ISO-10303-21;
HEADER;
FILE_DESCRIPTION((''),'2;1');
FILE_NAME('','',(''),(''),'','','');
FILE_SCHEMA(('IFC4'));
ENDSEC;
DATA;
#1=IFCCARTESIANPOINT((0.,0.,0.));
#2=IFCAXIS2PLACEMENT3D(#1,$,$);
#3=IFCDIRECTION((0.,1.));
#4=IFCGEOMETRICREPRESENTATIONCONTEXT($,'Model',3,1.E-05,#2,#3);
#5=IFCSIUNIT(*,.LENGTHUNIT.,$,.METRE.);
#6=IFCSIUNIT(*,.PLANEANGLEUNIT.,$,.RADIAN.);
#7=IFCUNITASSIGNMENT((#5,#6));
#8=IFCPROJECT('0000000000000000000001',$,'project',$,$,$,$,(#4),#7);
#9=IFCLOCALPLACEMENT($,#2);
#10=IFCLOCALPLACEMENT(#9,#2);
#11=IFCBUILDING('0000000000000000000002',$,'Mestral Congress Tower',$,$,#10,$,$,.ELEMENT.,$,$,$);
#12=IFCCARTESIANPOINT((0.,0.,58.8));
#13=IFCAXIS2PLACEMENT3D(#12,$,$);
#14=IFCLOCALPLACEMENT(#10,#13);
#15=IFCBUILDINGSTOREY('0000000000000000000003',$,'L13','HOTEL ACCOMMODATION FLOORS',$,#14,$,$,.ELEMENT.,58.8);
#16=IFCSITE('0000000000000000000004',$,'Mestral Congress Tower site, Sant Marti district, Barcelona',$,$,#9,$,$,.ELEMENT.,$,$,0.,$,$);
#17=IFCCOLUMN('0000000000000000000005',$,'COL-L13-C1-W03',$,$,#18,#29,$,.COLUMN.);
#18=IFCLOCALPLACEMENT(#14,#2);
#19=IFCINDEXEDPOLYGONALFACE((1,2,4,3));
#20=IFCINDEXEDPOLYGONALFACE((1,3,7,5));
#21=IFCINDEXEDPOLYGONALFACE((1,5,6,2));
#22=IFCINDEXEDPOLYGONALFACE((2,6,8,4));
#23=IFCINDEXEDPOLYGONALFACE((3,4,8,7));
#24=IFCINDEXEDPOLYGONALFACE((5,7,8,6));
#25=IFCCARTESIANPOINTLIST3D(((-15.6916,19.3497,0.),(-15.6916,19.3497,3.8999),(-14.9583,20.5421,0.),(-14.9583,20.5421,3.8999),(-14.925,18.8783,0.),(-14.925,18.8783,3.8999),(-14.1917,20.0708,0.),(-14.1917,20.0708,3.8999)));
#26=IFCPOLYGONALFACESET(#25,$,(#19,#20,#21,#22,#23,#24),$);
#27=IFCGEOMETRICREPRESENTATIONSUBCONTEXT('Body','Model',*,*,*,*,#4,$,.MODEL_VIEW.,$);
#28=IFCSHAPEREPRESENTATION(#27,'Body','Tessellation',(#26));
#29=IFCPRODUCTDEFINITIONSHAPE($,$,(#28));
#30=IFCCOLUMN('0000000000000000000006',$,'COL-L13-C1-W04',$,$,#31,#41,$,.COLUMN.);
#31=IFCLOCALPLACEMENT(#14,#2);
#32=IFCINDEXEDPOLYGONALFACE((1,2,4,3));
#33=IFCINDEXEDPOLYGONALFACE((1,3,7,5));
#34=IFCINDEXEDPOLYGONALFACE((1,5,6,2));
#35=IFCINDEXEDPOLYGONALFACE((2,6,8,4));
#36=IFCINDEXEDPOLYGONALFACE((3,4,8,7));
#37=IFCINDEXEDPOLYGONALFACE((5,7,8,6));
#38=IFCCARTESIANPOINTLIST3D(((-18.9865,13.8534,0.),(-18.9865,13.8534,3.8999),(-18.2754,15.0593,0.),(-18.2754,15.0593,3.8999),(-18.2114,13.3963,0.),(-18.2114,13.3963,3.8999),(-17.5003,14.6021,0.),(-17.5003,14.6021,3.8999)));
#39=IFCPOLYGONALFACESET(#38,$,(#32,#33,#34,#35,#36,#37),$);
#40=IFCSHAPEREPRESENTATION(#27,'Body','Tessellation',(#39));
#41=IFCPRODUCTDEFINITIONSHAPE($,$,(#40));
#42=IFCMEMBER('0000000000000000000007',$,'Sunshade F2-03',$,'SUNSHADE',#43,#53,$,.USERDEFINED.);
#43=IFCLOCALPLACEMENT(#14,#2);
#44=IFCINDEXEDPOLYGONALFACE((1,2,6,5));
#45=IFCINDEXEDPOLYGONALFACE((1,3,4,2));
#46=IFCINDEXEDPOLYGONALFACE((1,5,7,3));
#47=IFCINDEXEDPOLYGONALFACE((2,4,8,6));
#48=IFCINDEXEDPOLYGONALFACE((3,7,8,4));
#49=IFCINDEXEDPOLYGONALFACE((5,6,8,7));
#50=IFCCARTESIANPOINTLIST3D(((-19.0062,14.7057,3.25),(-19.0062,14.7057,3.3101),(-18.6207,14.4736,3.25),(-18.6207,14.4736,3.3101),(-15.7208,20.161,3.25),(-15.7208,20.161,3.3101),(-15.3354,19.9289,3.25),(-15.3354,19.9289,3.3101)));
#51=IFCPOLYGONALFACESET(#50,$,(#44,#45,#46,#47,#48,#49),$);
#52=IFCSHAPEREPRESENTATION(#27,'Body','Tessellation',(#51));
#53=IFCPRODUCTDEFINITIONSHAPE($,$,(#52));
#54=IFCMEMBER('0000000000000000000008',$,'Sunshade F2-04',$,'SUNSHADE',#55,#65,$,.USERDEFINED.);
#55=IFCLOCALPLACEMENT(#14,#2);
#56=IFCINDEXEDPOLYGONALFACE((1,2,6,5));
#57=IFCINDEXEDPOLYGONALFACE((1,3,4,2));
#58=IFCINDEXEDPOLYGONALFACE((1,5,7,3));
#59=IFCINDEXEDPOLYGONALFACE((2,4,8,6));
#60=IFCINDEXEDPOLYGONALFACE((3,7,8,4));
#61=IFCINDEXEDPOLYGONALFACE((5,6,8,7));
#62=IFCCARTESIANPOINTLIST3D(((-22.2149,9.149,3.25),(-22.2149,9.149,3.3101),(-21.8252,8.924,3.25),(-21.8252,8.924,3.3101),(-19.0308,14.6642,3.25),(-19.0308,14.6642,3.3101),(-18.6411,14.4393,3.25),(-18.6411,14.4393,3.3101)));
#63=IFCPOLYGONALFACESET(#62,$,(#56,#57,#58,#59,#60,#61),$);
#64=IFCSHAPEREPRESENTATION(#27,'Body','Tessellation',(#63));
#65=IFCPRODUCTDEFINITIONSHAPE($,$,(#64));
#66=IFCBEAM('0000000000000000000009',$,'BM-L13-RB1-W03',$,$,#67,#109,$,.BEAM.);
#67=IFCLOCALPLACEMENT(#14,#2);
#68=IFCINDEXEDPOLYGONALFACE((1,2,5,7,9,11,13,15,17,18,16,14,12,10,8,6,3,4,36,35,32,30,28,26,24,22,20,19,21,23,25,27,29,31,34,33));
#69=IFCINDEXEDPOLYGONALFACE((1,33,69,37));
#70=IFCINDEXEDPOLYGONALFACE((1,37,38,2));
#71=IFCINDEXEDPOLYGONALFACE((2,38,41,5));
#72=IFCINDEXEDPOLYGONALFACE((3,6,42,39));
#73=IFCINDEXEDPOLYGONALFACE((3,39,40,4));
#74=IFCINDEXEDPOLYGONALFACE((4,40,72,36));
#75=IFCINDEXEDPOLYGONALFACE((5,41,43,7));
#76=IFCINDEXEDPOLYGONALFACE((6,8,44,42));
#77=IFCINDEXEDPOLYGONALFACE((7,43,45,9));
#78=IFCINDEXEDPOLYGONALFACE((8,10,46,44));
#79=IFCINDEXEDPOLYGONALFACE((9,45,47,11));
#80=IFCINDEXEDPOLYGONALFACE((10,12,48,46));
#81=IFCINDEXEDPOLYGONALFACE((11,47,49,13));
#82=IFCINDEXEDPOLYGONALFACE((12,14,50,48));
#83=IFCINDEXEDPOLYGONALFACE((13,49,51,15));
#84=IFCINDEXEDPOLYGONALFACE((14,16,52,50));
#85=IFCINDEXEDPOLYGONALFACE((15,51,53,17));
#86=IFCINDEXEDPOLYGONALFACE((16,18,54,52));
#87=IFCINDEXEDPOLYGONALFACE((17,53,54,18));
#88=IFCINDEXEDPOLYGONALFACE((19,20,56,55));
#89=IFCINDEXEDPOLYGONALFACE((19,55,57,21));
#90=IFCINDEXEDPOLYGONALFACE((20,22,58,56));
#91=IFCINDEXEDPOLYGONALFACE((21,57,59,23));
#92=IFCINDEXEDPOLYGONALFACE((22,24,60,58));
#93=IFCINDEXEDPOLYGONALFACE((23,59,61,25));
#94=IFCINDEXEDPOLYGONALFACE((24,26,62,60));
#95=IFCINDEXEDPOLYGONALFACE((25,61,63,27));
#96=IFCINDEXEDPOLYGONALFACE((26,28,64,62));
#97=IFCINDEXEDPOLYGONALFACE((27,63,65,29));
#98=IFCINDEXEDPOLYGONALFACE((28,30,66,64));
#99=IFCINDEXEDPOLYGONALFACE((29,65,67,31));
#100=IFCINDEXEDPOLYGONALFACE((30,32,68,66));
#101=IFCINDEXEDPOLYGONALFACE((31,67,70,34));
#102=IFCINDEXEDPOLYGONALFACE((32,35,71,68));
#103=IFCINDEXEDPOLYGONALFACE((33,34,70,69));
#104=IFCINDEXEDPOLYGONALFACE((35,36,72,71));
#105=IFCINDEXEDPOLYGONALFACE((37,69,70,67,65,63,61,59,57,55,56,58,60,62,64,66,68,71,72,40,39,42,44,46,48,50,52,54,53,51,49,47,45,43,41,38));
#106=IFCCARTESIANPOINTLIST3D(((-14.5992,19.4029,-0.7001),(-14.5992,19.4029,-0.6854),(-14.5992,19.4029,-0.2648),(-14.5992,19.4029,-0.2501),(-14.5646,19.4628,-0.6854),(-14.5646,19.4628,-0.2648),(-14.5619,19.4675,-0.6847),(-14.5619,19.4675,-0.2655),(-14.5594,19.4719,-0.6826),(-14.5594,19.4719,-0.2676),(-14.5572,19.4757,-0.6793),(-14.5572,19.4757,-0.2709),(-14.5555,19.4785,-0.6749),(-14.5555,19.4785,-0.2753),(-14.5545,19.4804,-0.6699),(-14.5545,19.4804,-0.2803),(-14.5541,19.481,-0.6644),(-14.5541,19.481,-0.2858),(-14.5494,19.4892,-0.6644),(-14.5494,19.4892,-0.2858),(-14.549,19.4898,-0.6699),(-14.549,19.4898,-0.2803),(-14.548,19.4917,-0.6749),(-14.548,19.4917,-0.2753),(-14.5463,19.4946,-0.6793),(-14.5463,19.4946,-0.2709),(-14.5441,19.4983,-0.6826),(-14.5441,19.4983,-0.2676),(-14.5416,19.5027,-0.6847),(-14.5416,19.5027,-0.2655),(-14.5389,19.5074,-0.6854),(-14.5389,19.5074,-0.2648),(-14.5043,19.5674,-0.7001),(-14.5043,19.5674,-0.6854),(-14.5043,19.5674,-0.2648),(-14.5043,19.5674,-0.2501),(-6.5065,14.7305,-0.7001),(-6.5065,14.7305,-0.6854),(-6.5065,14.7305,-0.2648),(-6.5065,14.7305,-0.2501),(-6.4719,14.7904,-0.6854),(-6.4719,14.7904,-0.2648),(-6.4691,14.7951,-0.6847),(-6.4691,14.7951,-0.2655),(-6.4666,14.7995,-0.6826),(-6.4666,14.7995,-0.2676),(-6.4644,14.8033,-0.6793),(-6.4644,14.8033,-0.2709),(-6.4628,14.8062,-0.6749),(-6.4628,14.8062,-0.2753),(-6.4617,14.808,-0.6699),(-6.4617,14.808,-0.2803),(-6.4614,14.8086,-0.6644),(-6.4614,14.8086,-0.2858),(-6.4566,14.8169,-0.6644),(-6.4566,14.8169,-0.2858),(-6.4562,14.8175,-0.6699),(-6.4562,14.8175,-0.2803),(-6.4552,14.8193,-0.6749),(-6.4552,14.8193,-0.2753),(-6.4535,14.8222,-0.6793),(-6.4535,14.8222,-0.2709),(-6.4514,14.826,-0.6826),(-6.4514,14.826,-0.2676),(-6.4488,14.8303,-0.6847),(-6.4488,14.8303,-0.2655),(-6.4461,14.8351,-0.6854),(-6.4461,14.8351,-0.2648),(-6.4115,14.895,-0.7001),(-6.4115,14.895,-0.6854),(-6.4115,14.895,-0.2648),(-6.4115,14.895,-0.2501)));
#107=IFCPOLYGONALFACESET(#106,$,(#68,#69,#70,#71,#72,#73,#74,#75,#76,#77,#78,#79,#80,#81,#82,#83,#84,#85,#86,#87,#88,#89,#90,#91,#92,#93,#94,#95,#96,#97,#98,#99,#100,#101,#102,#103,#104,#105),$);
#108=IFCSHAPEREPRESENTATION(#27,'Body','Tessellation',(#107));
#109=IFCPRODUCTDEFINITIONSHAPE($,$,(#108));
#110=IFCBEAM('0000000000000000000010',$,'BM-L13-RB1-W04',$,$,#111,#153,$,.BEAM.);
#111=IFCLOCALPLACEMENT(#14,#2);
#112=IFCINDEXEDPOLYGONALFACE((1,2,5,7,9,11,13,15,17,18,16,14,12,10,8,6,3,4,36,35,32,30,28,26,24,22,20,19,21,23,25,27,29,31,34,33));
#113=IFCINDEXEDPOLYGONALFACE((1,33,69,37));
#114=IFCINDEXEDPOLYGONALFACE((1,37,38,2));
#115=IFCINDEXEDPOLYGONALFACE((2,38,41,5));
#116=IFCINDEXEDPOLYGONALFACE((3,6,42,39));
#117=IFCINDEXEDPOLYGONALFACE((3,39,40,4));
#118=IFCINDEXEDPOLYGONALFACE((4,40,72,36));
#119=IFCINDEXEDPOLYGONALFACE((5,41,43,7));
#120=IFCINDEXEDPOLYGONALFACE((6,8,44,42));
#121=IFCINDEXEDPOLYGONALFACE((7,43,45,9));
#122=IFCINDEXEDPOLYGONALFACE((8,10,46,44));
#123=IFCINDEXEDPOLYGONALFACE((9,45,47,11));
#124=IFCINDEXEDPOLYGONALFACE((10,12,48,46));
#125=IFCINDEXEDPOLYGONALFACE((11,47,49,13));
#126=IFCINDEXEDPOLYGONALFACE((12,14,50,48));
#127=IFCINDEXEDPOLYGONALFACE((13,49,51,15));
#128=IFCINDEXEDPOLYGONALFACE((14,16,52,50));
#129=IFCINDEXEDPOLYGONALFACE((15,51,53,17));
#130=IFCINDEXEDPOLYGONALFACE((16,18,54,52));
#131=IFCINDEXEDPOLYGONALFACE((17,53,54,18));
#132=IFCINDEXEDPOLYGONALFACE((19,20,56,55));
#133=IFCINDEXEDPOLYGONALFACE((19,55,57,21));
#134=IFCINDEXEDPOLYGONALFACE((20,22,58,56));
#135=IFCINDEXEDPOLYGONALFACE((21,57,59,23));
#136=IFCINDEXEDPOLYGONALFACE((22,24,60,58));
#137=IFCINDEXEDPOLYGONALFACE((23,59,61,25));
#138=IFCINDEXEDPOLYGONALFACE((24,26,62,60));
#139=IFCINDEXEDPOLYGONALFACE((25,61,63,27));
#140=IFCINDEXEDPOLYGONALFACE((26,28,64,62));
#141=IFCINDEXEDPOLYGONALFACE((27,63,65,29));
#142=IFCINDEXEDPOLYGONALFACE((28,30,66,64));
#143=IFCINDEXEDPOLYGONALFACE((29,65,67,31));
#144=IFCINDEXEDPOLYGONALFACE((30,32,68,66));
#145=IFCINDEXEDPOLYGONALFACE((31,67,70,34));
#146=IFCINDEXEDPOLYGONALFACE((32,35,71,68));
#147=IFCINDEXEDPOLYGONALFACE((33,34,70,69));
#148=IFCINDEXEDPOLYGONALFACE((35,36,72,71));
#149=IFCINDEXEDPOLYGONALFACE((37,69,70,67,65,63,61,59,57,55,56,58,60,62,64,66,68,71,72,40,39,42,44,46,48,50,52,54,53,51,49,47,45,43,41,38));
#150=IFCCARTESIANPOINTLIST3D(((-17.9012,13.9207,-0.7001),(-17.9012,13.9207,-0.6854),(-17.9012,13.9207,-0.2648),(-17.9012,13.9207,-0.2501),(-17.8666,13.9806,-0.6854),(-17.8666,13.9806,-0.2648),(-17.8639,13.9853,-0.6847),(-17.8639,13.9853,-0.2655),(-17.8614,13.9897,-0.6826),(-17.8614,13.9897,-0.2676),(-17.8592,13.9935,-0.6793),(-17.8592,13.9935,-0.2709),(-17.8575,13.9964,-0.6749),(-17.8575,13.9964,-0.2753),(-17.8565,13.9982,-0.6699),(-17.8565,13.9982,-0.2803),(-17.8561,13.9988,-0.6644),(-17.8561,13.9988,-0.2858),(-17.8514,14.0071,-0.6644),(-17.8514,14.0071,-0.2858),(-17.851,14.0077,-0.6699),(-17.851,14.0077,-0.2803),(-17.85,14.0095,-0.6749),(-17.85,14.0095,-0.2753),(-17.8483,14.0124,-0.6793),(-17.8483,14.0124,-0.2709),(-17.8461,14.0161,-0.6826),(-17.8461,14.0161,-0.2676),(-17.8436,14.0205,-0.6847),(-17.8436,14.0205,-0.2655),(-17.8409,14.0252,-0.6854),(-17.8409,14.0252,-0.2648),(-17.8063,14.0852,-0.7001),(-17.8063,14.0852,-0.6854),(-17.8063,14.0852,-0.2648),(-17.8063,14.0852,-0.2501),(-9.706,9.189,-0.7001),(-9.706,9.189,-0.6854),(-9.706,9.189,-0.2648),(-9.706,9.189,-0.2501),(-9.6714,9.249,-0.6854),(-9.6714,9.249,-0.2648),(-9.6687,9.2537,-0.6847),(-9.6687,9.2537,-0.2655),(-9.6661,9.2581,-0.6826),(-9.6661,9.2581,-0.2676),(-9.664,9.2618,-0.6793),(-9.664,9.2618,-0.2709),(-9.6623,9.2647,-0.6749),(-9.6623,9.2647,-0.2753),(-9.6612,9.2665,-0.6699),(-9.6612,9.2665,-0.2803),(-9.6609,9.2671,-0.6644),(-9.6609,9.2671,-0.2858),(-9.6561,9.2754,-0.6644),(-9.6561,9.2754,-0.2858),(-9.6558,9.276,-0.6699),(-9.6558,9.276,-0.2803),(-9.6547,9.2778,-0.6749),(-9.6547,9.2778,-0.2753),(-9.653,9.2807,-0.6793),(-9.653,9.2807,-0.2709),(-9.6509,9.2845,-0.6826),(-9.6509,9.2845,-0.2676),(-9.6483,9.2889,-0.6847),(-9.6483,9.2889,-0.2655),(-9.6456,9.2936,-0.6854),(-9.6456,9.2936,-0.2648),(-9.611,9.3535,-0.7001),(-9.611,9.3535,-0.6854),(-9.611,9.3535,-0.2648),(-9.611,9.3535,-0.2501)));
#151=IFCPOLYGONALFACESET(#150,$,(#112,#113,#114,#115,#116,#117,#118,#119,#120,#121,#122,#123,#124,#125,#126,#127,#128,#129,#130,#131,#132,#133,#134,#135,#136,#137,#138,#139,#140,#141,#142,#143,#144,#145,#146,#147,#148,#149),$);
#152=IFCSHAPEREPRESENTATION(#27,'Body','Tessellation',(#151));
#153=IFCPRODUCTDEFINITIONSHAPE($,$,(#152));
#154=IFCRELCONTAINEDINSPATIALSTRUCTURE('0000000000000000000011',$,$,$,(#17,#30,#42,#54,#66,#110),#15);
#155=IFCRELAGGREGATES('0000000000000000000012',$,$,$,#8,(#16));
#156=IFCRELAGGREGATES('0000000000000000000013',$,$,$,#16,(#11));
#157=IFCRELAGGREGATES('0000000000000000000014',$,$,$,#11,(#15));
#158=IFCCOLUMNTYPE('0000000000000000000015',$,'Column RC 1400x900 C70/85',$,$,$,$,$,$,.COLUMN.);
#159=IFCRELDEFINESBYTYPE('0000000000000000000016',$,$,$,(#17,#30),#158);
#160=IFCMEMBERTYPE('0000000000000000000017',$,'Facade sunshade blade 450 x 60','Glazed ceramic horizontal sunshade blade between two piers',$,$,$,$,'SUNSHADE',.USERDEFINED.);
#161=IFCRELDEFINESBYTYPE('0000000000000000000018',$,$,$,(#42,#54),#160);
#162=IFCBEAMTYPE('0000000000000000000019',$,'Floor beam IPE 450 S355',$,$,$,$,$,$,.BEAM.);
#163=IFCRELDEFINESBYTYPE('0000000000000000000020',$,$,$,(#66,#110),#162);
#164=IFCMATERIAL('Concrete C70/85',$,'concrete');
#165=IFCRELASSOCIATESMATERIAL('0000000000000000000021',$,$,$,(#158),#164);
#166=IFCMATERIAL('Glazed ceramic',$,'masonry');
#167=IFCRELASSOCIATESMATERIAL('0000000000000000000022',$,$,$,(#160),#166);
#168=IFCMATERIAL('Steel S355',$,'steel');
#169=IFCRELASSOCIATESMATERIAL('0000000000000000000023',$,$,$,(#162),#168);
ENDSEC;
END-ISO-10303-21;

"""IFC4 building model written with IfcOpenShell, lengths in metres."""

from ifc_helpers import new_model, si_unit, direction, frame, origin, origin_2d, place, context, subcontext, project, spatial, rectangle, i_section, extrude, material, material_profile, profile_set, type_object, element, save


model = new_model("IFC4")

# Units and contexts
model_context = context("Model", 3, precision=1e-05, world=origin(), true_north=direction((0.0, 1.0)))
body_context = subcontext(model_context, "Body", "Model", "MODEL_VIEW")
ifc_project = project(units=[si_unit("LENGTHUNIT", "METRE"), si_unit("PLANEANGLEUNIT", "RADIAN")], contexts=[model_context])

# Site, building, storey
site_placement = place(None, origin())
site = spatial("IfcSite", under=ifc_project, at=site_placement, Name="Mestral Congress Tower site, Sant Marti district, Barcelona", CompositionType="ELEMENT", RefElevation=0.0)
building_placement = place(site_placement, origin())
building = spatial("IfcBuilding", under=site, at=building_placement, Name="Mestral Congress Tower", CompositionType="ELEMENT")
storey_placement = place(building_placement, frame((0.0, 0.0, 58.8)))
storey = spatial("IfcBuildingStorey", under=building, at=storey_placement, Name="L13", Description="HOTEL ACCOMMODATION FLOORS", CompositionType="ELEMENT", Elevation=58.8)

# Columns
ifc_material_1 = material(Name="Concrete C70/85", Category="concrete")
ifc_material_profile_1 = material_profile(ifc_material_1, rectangle(XDim=1.3999, YDim=0.8999, at=origin_2d()), Name="RC 1400x900")
ifc_profile_set_1 = profile_set([ifc_material_profile_1], Name="Concrete C70/85")
column_type = type_object("IfcColumnType", Name="Column RC 1400x900 C70/85", PredefinedType="COLUMN", material=ifc_profile_set_1)
for number, where, z_axis, x_axis, name in (
    (1, (-14.9417, 19.7102, 0.0), (0.0, 0.0, 1.0), (-0.523819, -0.851829, 0.0), "COL-L13-C1-W03"),
    (2, (-18.2434, 14.2278, 0.0), (0.0, 0.0, 1.0), (-0.507983, -0.861367, 0.0), "COL-L13-C1-W04"),
):
    element("IfcColumn", number, at=place(storey_placement, frame(where, z_axis=z_axis, x_axis=x_axis)), inside=storey, type_object=column_type, Name=name, PredefinedType="COLUMN", context=body_context, shape_type="SweptSolid", body=[
        extrude(rectangle(XDim=1.3999, YDim=0.8999, at=origin_2d()), origin(), (0.0, 0.0, 1.0), 3.8999),
    ])

# Members
ifc_material_2 = material(Name="Glazed ceramic", Category="masonry")
ifc_material_profile_2 = material_profile(ifc_material_2, rectangle(XDim=0.45, YDim=0.0601, at=origin_2d()), Name="Ceramic blade 450 x 60")
ifc_profile_set_2 = profile_set([ifc_material_profile_2], Name="Glazed ceramic")
member_type = type_object("IfcMemberType", Name="Facade sunshade blade 450 x 60", Description="Glazed ceramic horizontal sunshade blade between two piers", ElementType="SUNSHADE", PredefinedType="USERDEFINED", material=ifc_profile_set_2)
member_1_placement = place(storey_placement, frame((-15.5281, 20.0449, 3.28), z_axis=(-0.515905, -0.856646, 0.0), x_axis=(0.856646, -0.515905, 0.0)))
element("IfcMember", 3, at=member_1_placement, inside=storey, type_object=member_type, Name="Sunshade F2-03", ObjectType="SUNSHADE", PredefinedType="USERDEFINED", context=body_context, shape_type="SweptSolid", body=[
    extrude(rectangle(XDim=0.45, YDim=0.0601, at=origin_2d()), origin(), (0.0, 0.0, 1.0), 6.3682),
])
member_2_placement = place(storey_placement, frame((-18.8359, 14.5518, 3.28), z_axis=(-0.49999, -0.866031, 0.0), x_axis=(0.866031, -0.49999, 0.0)))
element("IfcMember", 4, at=member_2_placement, inside=storey, type_object=member_type, Name="Sunshade F2-04", ObjectType="SUNSHADE", PredefinedType="USERDEFINED", context=body_context, shape_type="SweptSolid", body=[
    extrude(rectangle(XDim=0.45, YDim=0.0601, at=origin_2d()), origin(), (0.0, 0.0, 1.0), 6.3684),
])

# Beams
ifc_material_3 = material(Name="Steel S355", Category="steel")
ifc_material_profile_3 = material_profile(ifc_material_3, i_section(OverallWidth=0.1899, OverallDepth=0.45, WebThickness=0.0095, FlangeThickness=0.0146, FilletRadius=0.021, at=origin_2d()), Name="IPE 450")
ifc_profile_set_3 = profile_set([ifc_material_profile_3], Name="Steel S355")
beam_type_1 = type_object("IfcBeamType", Name="Floor beam IPE 450 S355", PredefinedType="BEAM", material=ifc_profile_set_3)
beam_1_placement = place(storey_placement, frame((-14.5518, 19.4851, -0.4751), z_axis=(0.866025, -0.5, 0.0), x_axis=(0.5, 0.866025, 0.0)))
element("IfcBeam", 5, at=beam_1_placement, inside=storey, type_object=beam_type_1, Name="BM-L13-RB1-W03", PredefinedType="BEAM", context=body_context, shape_type="SweptSolid", body=[
    extrude(i_section(OverallWidth=0.1899, OverallDepth=0.45, WebThickness=0.0095, FlangeThickness=0.0146, FilletRadius=0.021, at=origin_2d()), origin(), (0.0, 0.0, 1.0), 9.3447),
])
beam_2_placement = place(storey_placement, frame((-17.8538, 14.0029, -0.4751), z_axis=(0.86602, -0.50001, 0.0), x_axis=(0.50001, 0.86602, 0.0)))
element("IfcBeam", 6, at=beam_2_placement, inside=storey, type_object=beam_type_1, Name="BM-L13-RB1-W04", PredefinedType="BEAM", context=body_context, shape_type="SweptSolid", body=[
    extrude(i_section(OverallWidth=0.1899, OverallDepth=0.45, WebThickness=0.0095, FlangeThickness=0.0146, FilletRadius=0.021, at=origin_2d()), origin(), (0.0, 0.0, 1.0), 9.4631),
])

save(model, "model.ifc")
